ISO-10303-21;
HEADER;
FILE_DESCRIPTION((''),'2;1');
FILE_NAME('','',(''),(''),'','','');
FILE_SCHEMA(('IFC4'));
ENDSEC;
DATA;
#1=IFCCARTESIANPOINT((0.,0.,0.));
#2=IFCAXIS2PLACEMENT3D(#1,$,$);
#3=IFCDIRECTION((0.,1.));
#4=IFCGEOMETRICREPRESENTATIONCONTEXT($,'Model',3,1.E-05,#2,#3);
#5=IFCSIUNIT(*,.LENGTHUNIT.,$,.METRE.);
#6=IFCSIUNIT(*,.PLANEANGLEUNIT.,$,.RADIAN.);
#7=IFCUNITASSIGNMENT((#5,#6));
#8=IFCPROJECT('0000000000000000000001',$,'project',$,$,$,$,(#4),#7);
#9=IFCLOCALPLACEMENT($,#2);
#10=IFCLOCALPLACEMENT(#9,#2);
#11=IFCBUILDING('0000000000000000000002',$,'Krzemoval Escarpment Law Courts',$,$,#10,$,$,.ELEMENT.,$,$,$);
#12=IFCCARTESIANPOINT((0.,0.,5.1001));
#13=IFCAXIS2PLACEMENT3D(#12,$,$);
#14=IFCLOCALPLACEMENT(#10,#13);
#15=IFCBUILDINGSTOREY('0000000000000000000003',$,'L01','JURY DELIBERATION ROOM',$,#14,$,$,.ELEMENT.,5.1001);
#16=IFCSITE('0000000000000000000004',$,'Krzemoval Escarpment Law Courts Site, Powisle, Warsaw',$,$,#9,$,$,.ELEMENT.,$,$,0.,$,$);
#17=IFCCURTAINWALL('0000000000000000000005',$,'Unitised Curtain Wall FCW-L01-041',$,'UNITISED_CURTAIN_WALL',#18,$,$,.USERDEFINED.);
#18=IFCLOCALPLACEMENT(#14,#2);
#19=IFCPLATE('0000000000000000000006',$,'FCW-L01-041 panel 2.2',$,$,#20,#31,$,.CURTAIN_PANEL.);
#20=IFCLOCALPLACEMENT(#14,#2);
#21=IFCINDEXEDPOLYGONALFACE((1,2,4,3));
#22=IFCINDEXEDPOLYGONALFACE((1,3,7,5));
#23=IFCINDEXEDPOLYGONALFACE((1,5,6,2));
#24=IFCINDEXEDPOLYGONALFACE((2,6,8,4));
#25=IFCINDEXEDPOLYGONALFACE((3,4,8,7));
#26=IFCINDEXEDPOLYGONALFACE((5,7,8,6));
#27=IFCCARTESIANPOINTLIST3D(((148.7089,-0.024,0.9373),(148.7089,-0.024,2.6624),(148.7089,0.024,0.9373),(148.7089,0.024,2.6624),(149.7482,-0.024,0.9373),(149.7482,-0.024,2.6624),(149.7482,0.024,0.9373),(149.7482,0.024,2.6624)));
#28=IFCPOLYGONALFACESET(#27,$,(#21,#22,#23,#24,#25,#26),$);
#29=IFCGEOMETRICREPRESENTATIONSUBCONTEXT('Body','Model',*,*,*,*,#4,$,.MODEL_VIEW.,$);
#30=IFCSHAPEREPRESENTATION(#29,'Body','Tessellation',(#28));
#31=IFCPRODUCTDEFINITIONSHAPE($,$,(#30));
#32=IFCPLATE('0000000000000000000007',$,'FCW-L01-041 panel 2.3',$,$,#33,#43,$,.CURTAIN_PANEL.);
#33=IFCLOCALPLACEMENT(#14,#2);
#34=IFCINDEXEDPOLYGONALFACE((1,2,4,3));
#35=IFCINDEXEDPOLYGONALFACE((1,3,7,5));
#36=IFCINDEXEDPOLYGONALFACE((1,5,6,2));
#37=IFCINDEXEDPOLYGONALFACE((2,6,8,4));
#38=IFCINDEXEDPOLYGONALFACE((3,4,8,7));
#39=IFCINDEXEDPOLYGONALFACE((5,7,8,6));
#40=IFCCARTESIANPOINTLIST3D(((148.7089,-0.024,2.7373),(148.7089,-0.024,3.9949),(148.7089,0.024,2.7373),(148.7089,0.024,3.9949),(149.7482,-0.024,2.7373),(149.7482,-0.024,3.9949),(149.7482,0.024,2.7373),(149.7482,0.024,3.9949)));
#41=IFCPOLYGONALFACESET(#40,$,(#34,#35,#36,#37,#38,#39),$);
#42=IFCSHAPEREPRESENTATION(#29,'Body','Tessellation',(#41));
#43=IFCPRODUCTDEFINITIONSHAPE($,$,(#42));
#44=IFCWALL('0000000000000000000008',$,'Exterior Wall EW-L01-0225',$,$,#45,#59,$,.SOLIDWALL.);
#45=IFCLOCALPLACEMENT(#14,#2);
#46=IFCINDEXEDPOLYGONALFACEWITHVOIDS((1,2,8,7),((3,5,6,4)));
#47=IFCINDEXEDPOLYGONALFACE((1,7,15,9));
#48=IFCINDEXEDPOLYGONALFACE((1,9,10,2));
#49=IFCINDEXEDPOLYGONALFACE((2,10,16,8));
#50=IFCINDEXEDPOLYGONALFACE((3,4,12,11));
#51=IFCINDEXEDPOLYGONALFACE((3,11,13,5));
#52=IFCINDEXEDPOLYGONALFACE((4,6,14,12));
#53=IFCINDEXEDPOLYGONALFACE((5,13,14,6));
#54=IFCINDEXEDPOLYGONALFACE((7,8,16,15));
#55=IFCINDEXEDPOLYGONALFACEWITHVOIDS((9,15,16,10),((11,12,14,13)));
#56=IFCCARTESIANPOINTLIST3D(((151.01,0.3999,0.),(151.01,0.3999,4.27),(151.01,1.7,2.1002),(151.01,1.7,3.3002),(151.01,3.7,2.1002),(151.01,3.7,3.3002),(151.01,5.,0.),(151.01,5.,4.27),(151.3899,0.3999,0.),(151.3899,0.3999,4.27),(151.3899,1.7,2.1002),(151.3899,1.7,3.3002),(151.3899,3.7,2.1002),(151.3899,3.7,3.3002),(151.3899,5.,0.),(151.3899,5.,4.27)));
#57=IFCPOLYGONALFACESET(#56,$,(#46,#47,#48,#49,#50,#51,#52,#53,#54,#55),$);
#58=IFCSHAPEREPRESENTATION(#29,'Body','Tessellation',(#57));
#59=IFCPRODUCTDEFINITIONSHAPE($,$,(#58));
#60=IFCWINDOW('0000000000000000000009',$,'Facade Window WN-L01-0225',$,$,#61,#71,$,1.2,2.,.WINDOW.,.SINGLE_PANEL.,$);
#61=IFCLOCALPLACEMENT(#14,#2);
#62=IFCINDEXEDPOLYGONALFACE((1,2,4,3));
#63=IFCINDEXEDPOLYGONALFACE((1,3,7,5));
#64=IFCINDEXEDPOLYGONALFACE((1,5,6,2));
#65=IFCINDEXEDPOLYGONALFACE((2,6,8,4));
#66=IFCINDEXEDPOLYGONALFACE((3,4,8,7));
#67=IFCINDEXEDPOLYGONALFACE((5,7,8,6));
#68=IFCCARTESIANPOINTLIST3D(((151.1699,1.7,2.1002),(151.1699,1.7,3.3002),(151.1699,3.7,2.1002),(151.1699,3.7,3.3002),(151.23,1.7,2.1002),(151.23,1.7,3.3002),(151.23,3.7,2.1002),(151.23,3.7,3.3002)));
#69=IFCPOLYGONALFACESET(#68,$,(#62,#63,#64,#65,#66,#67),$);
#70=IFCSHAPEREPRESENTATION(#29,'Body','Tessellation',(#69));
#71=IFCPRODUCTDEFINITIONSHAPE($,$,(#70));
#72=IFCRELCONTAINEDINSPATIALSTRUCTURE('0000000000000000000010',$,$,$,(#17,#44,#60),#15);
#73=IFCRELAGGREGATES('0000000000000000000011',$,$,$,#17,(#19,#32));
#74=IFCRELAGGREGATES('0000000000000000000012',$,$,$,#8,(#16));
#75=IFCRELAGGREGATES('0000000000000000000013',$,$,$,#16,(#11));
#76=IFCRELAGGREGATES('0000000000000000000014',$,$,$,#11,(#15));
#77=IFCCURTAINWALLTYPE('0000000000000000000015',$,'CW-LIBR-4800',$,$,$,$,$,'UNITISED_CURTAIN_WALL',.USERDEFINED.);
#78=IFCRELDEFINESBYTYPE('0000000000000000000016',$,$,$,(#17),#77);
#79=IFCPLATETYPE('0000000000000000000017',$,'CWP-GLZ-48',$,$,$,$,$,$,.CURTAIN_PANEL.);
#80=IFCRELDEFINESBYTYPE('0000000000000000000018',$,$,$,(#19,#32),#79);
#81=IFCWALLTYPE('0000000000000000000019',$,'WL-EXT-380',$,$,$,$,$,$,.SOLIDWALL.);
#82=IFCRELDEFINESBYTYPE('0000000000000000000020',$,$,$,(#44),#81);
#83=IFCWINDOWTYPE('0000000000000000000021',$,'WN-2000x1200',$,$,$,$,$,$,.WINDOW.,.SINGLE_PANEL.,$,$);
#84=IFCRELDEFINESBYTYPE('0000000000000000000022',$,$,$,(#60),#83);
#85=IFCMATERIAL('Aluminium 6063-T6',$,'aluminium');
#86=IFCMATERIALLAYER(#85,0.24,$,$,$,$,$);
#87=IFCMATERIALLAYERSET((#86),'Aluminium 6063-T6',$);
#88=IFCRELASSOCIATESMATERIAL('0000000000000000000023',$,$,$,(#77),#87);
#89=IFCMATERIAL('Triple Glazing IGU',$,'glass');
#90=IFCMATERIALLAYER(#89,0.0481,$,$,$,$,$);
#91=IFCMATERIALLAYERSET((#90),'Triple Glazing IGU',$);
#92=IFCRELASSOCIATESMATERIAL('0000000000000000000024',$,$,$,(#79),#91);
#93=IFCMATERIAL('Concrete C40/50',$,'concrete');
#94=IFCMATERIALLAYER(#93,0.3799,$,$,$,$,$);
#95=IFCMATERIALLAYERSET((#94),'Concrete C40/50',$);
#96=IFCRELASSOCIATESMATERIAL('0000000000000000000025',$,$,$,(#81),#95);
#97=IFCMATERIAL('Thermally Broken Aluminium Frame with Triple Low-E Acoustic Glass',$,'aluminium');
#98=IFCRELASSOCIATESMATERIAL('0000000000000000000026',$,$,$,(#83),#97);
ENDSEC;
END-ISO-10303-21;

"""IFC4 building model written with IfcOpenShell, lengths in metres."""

from ifc_helpers import new_model, si_unit, direction, frame, frame_2d, origin, origin_2d, place, context, subcontext, project, spatial, rectangle, extrude, material, layer, layer_set, type_object, element, fill, aggregate, save


model = new_model("IFC4")

# Units and contexts
model_context = context("Model", 3, precision=1e-05, world=origin(), true_north=direction((0.0, 1.0)))
body_context = subcontext(model_context, "Body", "Model", "MODEL_VIEW")
ifc_project = project(units=[si_unit("LENGTHUNIT", "METRE"), si_unit("PLANEANGLEUNIT", "RADIAN")], contexts=[model_context])

# Site, building, storey
site_placement = place(None, origin())
site = spatial("IfcSite", under=ifc_project, at=site_placement, Name="Krzemoval Escarpment Law Courts Site, Powisle, Warsaw", CompositionType="ELEMENT", RefElevation=0.0)
building_placement = place(site_placement, origin())
building = spatial("IfcBuilding", under=site, at=building_placement, Name="Krzemoval Escarpment Law Courts", CompositionType="ELEMENT")
storey_placement = place(building_placement, frame((0.0, 0.0, 5.1001)))
storey = spatial("IfcBuildingStorey", under=building, at=storey_placement, Name="L01", Description="JURY DELIBERATION ROOM", CompositionType="ELEMENT", Elevation=5.1001)

# Curtain wall
ifc_material_1 = material(Name="Aluminium 6063-T6", Category="aluminium")
ifc_layer_1 = layer(ifc_material_1, 0.24)
ifc_layer_set_1 = layer_set([ifc_layer_1], Name="Aluminium 6063-T6")
curtain_wall_type = type_object("IfcCurtainWallType", Name="CW-LIBR-4800", ElementType="UNITISED_CURTAIN_WALL", PredefinedType="USERDEFINED", material=ifc_layer_set_1)
curtain_wall_placement = place(storey_placement, origin())
curtain_wall = element("IfcCurtainWall", 1, at=curtain_wall_placement, inside=storey, type_object=curtain_wall_type, Name="Unitised Curtain Wall FCW-L01-041", ObjectType="UNITISED_CURTAIN_WALL", PredefinedType="USERDEFINED")

# Plates
ifc_material_2 = material(Name="Triple Glazing IGU", Category="glass")
ifc_layer_2 = layer(ifc_material_2, 0.0481)
ifc_layer_set_2 = layer_set([ifc_layer_2], Name="Triple Glazing IGU")
plate_type = type_object("IfcPlateType", Name="CWP-GLZ-48", PredefinedType="CURTAIN_PANEL", material=ifc_layer_set_2)
plate_1_placement = place(storey_placement, frame((149.2285, 0.0, 0.9373), z_axis=(0.0, 0.0, 1.0), x_axis=(-1.0, 0.0, 0.0)))
plate_1 = element("IfcPlate", 2, at=plate_1_placement, type_object=plate_type, Name="FCW-L01-041 panel 2.2", PredefinedType="CURTAIN_PANEL", context=body_context, shape_type="SweptSolid", body=[
    extrude(rectangle(XDim=1.0393, YDim=0.0481, at=origin_2d()), origin(), (0.0, 0.0, 1.0), 1.7251),
])
plate_2_placement = place(storey_placement, frame((149.2285, 0.0, 2.7373), z_axis=(0.0, 0.0, 1.0), x_axis=(-1.0, 0.0, 0.0)))
plate_2 = element("IfcPlate", 3, at=plate_2_placement, type_object=plate_type, Name="FCW-L01-041 panel 2.3", PredefinedType="CURTAIN_PANEL", context=body_context, shape_type="SweptSolid", body=[
    extrude(rectangle(XDim=1.0393, YDim=0.0481, at=origin_2d()), origin(), (0.0, 0.0, 1.0), 1.2576),
])
aggregate(curtain_wall, [plate_1, plate_2])

# Wall, opening, window
ifc_material_3 = material(Name="Concrete C40/50", Category="concrete")
ifc_layer_3 = layer(ifc_material_3, 0.3799)
ifc_layer_set_3 = layer_set([ifc_layer_3], Name="Concrete C40/50")
wall_type = type_object("IfcWallType", Name="WL-EXT-380", PredefinedType="SOLIDWALL", material=ifc_layer_set_3)
wall_placement = place(storey_placement, frame((151.2, 5.0, 0.0), z_axis=(0.0, 0.0, 1.0), x_axis=(0.0, -1.0, 0.0)))
wall = element("IfcWall", 4, at=wall_placement, inside=storey, type_object=wall_type, Name="Exterior Wall EW-L01-0225", PredefinedType="SOLIDWALL", context=body_context, shape_type="SweptSolid", body=[
    extrude(rectangle(XDim=4.6001, YDim=0.3799, at=frame_2d((2.3, 0.0))), origin(), (0.0, 0.0, 1.0), 4.27),
])
opening_placement = place(wall_placement, frame((1.3, 0.0, 2.1001)))
opening = element("IfcOpeningElement", 5, at=opening_placement, cuts=wall, PredefinedType="OPENING", context=body_context, shape_type="SweptSolid", body=[
    extrude(rectangle(XDim=2.0, YDim=1.2, at=frame_2d((1.0, 0.6001))), frame((0.0, 0.2049, 0.0), z_axis=(0.0, -1.0, 0.0), x_axis=(1.0, 0.0, 0.0)), (0.0, 0.0, 1.0), 0.4099),
])
ifc_material_4 = material(Name="Thermally Broken Aluminium Frame with Triple Low-E Acoustic Glass", Category="aluminium")
window_type = type_object("IfcWindowType", Name="WN-2000x1200", PartitioningType="SINGLE_PANEL", PredefinedType="WINDOW", material=ifc_material_4)
window_placement = place(opening_placement, origin())
window = element("IfcWindow", 6, at=window_placement, inside=storey, type_object=window_type, Name="Facade Window WN-L01-0225", OverallHeight=1.2, OverallWidth=2.0, PartitioningType="SINGLE_PANEL", PredefinedType="WINDOW", context=body_context, shape_type="SweptSolid", body=[
    extrude(rectangle(XDim=2.0, YDim=1.2, at=frame_2d((1.0, 0.6001))), frame((0.0, 0.03, 0.0), z_axis=(0.0, -1.0, 0.0), x_axis=(1.0, 0.0, 0.0)), (0.0, 0.0, 1.0), 0.0601),
])
fill(opening, window)

save(model, "model.ifc")
